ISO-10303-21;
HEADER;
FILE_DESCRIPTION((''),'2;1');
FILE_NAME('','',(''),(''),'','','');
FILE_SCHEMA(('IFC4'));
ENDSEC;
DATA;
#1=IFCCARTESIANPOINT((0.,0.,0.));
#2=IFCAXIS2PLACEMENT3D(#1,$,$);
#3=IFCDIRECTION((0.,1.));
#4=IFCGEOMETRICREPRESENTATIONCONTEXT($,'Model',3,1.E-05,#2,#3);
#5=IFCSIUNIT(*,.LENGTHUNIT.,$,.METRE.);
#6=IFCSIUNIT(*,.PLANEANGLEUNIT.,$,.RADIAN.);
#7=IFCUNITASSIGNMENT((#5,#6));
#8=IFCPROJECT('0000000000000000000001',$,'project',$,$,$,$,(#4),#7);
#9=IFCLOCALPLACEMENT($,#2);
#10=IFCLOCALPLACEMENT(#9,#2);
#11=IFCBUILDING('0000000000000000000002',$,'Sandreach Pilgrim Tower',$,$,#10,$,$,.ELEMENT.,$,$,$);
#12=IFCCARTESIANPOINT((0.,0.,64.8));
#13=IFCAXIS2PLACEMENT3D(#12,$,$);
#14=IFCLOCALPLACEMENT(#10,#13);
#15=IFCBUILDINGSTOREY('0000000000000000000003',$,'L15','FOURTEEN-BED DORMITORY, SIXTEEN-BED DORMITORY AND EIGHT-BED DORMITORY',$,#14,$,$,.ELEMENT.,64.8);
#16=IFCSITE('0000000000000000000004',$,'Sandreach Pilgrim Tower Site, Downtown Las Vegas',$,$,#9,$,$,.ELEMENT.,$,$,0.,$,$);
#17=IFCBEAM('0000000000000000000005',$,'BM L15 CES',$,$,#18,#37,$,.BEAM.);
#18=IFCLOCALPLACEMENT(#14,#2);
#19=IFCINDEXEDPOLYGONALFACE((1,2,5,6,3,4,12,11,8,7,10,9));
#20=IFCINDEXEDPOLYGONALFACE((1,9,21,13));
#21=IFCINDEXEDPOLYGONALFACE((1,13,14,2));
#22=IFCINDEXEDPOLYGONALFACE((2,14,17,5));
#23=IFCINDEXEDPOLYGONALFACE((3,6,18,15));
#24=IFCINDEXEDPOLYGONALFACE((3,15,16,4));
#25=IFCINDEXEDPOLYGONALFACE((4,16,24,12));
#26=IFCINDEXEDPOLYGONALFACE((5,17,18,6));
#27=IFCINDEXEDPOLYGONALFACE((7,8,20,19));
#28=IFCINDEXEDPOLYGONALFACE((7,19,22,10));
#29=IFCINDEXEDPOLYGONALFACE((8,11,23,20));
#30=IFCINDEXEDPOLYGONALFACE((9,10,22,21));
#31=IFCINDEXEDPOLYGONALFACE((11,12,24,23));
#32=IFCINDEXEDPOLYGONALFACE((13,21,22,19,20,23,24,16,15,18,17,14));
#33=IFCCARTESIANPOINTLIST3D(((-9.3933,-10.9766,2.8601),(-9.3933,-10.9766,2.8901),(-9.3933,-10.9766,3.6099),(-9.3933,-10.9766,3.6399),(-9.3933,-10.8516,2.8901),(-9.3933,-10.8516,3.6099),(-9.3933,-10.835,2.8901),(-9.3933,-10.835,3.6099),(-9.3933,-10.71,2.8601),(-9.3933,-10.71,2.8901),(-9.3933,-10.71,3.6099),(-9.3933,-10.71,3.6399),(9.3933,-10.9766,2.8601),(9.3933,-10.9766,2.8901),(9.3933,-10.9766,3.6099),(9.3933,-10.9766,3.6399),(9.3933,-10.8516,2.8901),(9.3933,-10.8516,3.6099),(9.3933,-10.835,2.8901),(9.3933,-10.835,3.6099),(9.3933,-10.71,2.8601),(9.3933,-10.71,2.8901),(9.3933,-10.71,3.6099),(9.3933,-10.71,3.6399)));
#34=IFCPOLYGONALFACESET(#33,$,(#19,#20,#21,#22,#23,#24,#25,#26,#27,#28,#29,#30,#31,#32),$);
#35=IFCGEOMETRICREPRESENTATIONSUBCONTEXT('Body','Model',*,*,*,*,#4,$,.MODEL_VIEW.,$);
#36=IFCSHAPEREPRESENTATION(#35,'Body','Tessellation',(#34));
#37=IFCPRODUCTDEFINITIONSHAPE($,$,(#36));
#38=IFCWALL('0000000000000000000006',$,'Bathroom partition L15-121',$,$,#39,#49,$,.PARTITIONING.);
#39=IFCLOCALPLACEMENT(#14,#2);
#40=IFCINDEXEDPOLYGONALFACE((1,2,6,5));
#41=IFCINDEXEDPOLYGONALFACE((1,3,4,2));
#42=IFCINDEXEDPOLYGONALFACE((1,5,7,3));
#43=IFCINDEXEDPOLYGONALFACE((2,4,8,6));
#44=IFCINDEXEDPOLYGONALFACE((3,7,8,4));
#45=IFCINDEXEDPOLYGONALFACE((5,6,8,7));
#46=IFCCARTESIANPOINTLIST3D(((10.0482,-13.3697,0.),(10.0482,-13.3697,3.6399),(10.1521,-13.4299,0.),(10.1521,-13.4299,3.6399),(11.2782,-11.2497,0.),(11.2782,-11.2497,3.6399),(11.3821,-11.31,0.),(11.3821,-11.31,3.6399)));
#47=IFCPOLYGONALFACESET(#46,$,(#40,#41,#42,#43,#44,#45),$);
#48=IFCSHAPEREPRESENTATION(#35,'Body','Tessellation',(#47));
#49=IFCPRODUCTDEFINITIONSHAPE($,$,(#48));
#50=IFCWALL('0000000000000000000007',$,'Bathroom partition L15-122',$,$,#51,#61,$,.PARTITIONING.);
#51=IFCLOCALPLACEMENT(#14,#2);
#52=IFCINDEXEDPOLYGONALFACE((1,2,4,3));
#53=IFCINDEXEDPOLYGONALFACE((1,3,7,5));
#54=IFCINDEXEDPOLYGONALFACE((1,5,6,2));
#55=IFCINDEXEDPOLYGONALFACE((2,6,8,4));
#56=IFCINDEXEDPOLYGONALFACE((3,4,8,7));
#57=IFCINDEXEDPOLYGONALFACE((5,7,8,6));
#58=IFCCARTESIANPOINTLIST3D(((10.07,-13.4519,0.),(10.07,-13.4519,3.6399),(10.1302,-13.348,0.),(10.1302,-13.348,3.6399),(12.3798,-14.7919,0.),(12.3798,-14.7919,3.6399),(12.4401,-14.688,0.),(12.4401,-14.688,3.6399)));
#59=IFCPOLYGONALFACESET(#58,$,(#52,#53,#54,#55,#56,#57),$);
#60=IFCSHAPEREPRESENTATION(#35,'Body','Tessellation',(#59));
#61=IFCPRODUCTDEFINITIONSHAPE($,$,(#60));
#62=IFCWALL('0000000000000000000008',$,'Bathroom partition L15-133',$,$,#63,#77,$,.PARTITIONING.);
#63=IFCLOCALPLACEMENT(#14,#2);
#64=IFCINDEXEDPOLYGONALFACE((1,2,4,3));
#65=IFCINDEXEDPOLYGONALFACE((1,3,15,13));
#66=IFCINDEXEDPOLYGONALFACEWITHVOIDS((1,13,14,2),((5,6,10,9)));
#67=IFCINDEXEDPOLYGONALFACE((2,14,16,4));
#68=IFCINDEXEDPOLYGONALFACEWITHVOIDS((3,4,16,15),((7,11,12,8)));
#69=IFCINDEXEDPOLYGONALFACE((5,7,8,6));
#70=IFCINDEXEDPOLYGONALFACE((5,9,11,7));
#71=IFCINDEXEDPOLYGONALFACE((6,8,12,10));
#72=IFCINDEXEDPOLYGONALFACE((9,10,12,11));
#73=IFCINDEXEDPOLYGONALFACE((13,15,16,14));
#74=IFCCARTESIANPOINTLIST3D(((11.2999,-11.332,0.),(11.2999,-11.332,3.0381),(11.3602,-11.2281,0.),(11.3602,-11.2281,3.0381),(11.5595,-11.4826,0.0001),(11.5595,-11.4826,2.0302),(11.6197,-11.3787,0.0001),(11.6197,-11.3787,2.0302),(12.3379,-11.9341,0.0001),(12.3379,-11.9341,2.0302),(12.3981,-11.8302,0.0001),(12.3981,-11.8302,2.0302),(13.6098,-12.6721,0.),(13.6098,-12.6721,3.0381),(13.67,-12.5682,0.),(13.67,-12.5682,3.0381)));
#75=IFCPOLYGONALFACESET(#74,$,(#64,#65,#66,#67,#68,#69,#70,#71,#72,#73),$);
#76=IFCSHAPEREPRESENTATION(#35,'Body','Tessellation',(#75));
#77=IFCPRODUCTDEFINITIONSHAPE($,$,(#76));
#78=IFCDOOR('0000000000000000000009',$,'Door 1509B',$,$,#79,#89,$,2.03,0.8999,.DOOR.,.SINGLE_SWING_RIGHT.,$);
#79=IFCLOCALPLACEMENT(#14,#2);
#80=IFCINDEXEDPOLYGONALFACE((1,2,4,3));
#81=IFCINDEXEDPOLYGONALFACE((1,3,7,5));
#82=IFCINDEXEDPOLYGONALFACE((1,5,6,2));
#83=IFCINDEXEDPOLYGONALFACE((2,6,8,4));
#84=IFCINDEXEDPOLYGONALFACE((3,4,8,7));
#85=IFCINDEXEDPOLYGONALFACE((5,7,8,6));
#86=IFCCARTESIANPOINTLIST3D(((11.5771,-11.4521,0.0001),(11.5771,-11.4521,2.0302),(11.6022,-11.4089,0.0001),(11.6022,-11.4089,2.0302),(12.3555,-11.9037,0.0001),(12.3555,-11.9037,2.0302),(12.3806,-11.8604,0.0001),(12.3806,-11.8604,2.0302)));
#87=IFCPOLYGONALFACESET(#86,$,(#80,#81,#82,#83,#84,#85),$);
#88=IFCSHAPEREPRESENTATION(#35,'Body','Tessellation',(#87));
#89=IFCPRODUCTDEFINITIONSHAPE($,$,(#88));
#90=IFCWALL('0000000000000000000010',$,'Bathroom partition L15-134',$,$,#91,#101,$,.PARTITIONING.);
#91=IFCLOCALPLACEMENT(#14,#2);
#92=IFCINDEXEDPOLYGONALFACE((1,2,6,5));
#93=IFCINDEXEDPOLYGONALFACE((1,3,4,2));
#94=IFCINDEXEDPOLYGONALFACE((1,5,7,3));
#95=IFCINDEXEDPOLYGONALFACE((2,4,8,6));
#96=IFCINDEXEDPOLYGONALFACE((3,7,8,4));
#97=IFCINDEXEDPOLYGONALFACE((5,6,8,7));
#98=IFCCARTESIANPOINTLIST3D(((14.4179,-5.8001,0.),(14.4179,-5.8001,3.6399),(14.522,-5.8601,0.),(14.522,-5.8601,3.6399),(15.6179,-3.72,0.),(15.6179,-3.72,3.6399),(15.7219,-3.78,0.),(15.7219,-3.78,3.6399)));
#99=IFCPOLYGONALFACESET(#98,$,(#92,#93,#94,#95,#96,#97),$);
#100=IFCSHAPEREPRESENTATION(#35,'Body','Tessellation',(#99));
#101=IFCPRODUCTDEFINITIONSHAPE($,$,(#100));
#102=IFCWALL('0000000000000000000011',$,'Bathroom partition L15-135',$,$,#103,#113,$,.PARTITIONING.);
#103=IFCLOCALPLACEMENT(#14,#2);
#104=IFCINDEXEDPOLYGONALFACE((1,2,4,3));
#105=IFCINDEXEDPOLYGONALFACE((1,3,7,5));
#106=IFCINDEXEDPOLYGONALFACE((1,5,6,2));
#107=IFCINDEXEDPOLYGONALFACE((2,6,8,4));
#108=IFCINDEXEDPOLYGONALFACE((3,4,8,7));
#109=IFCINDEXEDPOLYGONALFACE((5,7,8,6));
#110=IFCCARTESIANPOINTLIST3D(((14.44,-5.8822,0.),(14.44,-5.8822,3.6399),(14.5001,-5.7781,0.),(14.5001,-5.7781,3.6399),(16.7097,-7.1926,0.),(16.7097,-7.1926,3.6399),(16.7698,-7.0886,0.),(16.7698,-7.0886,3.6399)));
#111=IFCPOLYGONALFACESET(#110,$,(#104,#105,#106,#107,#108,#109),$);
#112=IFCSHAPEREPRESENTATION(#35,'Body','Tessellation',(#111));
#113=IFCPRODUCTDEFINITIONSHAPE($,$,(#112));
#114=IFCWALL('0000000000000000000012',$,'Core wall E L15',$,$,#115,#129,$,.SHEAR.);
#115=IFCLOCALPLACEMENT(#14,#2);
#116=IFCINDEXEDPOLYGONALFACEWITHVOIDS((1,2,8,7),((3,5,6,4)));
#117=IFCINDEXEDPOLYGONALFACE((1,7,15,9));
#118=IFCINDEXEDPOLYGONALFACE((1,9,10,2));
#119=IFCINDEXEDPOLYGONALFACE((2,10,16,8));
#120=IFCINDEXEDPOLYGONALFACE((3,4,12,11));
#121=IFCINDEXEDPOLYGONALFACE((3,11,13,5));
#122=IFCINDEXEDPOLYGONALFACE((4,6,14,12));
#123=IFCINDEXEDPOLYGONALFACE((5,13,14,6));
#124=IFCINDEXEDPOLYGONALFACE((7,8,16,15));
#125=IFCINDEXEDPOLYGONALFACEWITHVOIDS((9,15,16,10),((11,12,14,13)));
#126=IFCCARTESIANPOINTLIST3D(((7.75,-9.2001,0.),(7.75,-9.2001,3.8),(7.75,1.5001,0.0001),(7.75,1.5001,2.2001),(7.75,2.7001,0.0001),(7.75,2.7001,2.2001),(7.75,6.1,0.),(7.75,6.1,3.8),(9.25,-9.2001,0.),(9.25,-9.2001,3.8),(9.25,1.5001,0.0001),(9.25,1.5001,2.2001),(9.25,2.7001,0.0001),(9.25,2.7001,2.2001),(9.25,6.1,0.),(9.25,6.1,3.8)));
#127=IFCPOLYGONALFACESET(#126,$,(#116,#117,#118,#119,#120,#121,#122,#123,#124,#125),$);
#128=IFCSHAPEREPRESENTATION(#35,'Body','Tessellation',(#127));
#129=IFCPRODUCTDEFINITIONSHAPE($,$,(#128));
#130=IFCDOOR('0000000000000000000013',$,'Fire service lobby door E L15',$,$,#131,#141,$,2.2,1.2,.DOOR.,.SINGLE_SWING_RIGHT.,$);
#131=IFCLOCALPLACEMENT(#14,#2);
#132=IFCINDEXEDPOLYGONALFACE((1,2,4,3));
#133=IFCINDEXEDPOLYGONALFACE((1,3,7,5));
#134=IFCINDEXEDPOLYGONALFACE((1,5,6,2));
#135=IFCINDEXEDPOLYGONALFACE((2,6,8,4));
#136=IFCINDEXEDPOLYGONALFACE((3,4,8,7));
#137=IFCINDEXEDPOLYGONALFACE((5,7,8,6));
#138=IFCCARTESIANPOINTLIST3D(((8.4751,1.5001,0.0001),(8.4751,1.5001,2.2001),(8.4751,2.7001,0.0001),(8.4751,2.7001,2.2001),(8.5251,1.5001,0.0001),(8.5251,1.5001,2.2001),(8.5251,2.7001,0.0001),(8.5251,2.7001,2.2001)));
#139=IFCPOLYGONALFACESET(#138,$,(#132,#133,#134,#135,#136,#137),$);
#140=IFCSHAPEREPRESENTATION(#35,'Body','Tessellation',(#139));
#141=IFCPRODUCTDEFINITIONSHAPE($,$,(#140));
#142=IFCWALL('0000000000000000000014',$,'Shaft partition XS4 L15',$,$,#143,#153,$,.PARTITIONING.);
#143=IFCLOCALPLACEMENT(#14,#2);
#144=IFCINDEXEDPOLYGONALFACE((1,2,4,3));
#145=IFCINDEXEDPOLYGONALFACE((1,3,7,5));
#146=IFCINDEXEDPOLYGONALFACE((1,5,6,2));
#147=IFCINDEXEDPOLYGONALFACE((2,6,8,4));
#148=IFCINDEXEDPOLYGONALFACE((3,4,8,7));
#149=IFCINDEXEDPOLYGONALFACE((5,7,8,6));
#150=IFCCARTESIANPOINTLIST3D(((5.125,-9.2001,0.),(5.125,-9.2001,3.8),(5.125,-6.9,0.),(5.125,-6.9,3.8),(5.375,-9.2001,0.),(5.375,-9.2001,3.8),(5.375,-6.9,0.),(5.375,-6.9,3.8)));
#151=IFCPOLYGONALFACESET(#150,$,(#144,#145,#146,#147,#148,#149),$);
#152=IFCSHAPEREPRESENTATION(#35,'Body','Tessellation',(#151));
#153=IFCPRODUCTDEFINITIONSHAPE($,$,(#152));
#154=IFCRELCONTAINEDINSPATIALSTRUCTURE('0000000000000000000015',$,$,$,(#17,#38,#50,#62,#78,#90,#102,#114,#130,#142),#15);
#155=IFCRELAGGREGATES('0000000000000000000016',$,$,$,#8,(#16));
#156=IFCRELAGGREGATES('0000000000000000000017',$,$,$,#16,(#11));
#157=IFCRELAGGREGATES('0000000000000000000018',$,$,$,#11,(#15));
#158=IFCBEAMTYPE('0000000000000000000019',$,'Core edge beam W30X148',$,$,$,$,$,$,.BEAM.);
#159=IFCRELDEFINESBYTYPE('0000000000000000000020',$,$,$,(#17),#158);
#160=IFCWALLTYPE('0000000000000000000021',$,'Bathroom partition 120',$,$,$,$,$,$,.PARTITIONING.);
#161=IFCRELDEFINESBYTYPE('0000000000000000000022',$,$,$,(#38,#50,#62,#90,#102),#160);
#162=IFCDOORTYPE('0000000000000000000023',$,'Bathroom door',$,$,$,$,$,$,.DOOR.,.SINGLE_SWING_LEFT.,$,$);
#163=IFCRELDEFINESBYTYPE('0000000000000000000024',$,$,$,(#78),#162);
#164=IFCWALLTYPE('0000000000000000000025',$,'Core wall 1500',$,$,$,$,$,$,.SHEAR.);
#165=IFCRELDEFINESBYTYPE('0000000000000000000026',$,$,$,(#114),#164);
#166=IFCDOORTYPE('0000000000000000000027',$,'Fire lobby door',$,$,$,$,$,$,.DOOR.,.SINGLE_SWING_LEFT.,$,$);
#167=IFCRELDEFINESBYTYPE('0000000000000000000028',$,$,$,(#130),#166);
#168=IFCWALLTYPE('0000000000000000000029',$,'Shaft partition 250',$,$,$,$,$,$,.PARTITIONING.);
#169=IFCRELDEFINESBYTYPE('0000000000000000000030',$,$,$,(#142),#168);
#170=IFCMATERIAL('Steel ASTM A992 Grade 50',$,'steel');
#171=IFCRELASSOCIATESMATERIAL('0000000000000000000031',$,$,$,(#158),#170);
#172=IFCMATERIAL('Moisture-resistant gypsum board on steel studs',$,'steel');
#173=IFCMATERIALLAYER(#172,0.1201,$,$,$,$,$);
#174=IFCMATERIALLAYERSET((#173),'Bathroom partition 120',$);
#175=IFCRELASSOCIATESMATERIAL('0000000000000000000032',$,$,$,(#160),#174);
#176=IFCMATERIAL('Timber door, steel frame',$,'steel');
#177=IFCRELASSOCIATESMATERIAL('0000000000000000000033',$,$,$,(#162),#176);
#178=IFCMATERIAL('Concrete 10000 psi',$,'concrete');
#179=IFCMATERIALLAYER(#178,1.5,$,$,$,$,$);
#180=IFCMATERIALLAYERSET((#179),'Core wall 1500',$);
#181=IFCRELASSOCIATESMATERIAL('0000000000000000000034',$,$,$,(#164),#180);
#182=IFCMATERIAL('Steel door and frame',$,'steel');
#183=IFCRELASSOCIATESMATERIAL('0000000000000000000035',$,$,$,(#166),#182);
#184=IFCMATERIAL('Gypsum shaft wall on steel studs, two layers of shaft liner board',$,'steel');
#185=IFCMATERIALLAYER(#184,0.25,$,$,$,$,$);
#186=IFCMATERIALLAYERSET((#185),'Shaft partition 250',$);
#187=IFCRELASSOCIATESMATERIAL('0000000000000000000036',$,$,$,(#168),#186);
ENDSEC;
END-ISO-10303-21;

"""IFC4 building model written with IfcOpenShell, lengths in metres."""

from ifc_helpers import new_model, si_unit, direction, frame, frame_2d, origin, origin_2d, place, context, subcontext, project, spatial, rectangle, i_section, extrude, material, layer, layer_set, material_profile, profile_set, type_object, element, fill, save


model = new_model("IFC4")

# Units and contexts
model_context = context("Model", 3, precision=1e-05, world=origin(), true_north=direction((0.0, 1.0)))
body_context = subcontext(model_context, "Body", "Model", "MODEL_VIEW")
ifc_project = project(units=[si_unit("LENGTHUNIT", "METRE"), si_unit("PLANEANGLEUNIT", "RADIAN")], contexts=[model_context])

# Site, building, storey
site_placement = place(None, origin())
site = spatial("IfcSite", under=ifc_project, at=site_placement, Name="Sandreach Pilgrim Tower Site, Downtown Las Vegas", CompositionType="ELEMENT", RefElevation=0.0)
building_placement = place(site_placement, origin())
building = spatial("IfcBuilding", under=site, at=building_placement, Name="Sandreach Pilgrim Tower", CompositionType="ELEMENT")
storey_placement = place(building_placement, frame((0.0, 0.0, 64.8)))
storey = spatial("IfcBuildingStorey", under=building, at=storey_placement, Name="L15", Description="FOURTEEN-BED DORMITORY, SIXTEEN-BED DORMITORY AND EIGHT-BED DORMITORY", CompositionType="ELEMENT", Elevation=64.8)

# Beam
ifc_material_1 = material(Name="Steel ASTM A992 Grade 50", Category="steel")
ifc_material_profile = material_profile(ifc_material_1, i_section(OverallWidth=0.2666, OverallDepth=0.7798, WebThickness=0.0166, FlangeThickness=0.03, at=origin_2d()), Name="W30X148")
ifc_profile_set = profile_set([ifc_material_profile], Name="Steel ASTM A992 Grade 50")
beam_type = type_object("IfcBeamType", Name="Core edge beam W30X148", PredefinedType="BEAM", material=ifc_profile_set)
beam_placement = place(storey_placement, frame((9.3933, -10.8433, 3.25), z_axis=(-1.0, 0.0, 0.0), x_axis=(0.0, -1.0, 0.0)))
element("IfcBeam", 1, at=beam_placement, inside=storey, type_object=beam_type, Name="BM L15 CES", PredefinedType="BEAM", context=body_context, shape_type="SweptSolid", body=[
    extrude(i_section(OverallWidth=0.2666, OverallDepth=0.7798, WebThickness=0.0166, FlangeThickness=0.03, at=origin_2d()), origin(), (0.0, 0.0, 1.0), 18.7866),
])

# Walls
ifc_material_2 = material(Name="Moisture-resistant gypsum board on steel studs", Category="steel")
ifc_layer_1 = layer(ifc_material_2, 0.1201)
ifc_layer_set_1 = layer_set([ifc_layer_1], Name="Bathroom partition 120")
wall_type_1 = type_object("IfcWallType", Name="Bathroom partition 120", PredefinedType="PARTITIONING", material=ifc_layer_set_1)
wall_1_placement = place(storey_placement, frame((10.1001, -13.3999, 0.0), z_axis=(0.0, 0.0, 1.0), x_axis=(0.501857, 0.864951, 0.0)))
element("IfcWall", 2, at=wall_1_placement, inside=storey, type_object=wall_type_1, Name="Bathroom partition L15-121", PredefinedType="PARTITIONING", context=body_context, shape_type="SweptSolid", body=[
    extrude(rectangle(XDim=2.4509, YDim=0.1201, at=frame_2d((1.2256, 0.0))), origin(), (0.0, 0.0, 1.0), 3.6399),
])
wall_2_placement = place(storey_placement, frame((10.1001, -13.3999, 0.0), z_axis=(0.0, 0.0, 1.0), x_axis=(0.864967, -0.501829, 0.0)))
element("IfcWall", 3, at=wall_2_placement, inside=storey, type_object=wall_type_1, Name="Bathroom partition L15-122", PredefinedType="PARTITIONING", context=body_context, shape_type="SweptSolid", body=[
    extrude(rectangle(XDim=2.6704, YDim=0.1201, at=frame_2d((1.3352, 0.0))), origin(), (0.0, 0.0, 1.0), 3.6399),
])

# Wall, opening, door
wall_3_placement = place(storey_placement, frame((13.6399, -12.6201, 0.0), z_axis=(0.0, 0.0, 1.0), x_axis=(-0.864967, 0.501829, 0.0)))
wall_3 = element("IfcWall", 4, at=wall_3_placement, inside=storey, type_object=wall_type_1, Name="Bathroom partition L15-133", PredefinedType="PARTITIONING", context=body_context, shape_type="SweptSolid", body=[
    extrude(rectangle(XDim=2.6704, YDim=0.1201, at=frame_2d((1.3352, 0.0))), origin(), (0.0, 0.0, 1.0), 3.0381),
])
opening_1_placement = place(wall_3_placement, frame((1.4705, 0.0, 0.0)))
opening_1 = element("IfcOpeningElement", 5, at=opening_1_placement, cuts=wall_3, PredefinedType="OPENING", context=body_context, shape_type="SweptSolid", body=[
    extrude(rectangle(XDim=0.8999, YDim=2.03, at=frame_2d((0.45, 1.0151))), frame((0.0, 0.0601, 0.0), z_axis=(0.0, -1.0, 0.0), x_axis=(1.0, 0.0, 0.0)), (0.0, 0.0, 1.0), 0.1201),
])
ifc_material_3 = material(Name="Timber door, steel frame", Category="steel")
door_type_1 = type_object("IfcDoorType", Name="Bathroom door", OperationType="SINGLE_SWING_LEFT", PredefinedType="DOOR", material=ifc_material_3)
door_1_placement = place(opening_1_placement, origin())
door_1 = element("IfcDoor", 6, at=door_1_placement, inside=storey, type_object=door_type_1, Name="Door 1509B", OperationType="SINGLE_SWING_RIGHT", OverallHeight=2.03, OverallWidth=0.8999, PredefinedType="DOOR", context=body_context, shape_type="SweptSolid", body=[
    extrude(rectangle(XDim=0.8999, YDim=2.03, at=frame_2d((0.45, 1.0151))), frame((0.0, 0.0249, 0.0), z_axis=(0.0, -1.0, 0.0), x_axis=(1.0, 0.0, 0.0)), (0.0, 0.0, 1.0), 0.05),
])
fill(opening_1, door_1)

# Walls
wall_4_placement = place(storey_placement, frame((14.47, -5.8301, 0.0), z_axis=(0.0, 0.0, 1.0), x_axis=(0.499693, 0.866203, 0.0)))
element("IfcWall", 7, at=wall_4_placement, inside=storey, type_object=wall_type_1, Name="Bathroom partition L15-134", PredefinedType="PARTITIONING", context=body_context, shape_type="SweptSolid", body=[
    extrude(rectangle(XDim=2.4014, YDim=0.1201, at=frame_2d((1.2007, 0.0))), origin(), (0.0, 0.0, 1.0), 3.6399),
])
wall_5_placement = place(storey_placement, frame((14.47, -5.8301, 0.0), z_axis=(0.0, 0.0, 1.0), x_axis=(0.86601, -0.500026, 0.0)))
element("IfcWall", 8, at=wall_5_placement, inside=storey, type_object=wall_type_1, Name="Bathroom partition L15-135", PredefinedType="PARTITIONING", context=body_context, shape_type="SweptSolid", body=[
    extrude(rectangle(XDim=2.6208, YDim=0.1201, at=frame_2d((1.3105, 0.0))), origin(), (0.0, 0.0, 1.0), 3.6399),
])

# Wall, opening, door
ifc_material_4 = material(Name="Concrete 10000 psi", Category="concrete")
ifc_layer_2 = layer(ifc_material_4, 1.5)
ifc_layer_set_2 = layer_set([ifc_layer_2], Name="Core wall 1500")
wall_type_2 = type_object("IfcWallType", Name="Core wall 1500", PredefinedType="SHEAR", material=ifc_layer_set_2)
wall_6_placement = place(storey_placement, frame((8.5, -9.2, 0.0), z_axis=(0.0, 0.0, 1.0), x_axis=(0.0, 1.0, 0.0)))
wall_6 = element("IfcWall", 9, at=wall_6_placement, inside=storey, type_object=wall_type_2, Name="Core wall E L15", PredefinedType="SHEAR", context=body_context, shape_type="SweptSolid", body=[
    extrude(rectangle(XDim=15.3, YDim=1.5, at=frame_2d((7.6499, 0.0))), origin(), (0.0, 0.0, 1.0), 3.8),
])
opening_2_placement = place(wall_6_placement, frame((10.7, 0.0, 0.0)))
opening_2 = element("IfcOpeningElement", 10, at=opening_2_placement, cuts=wall_6, PredefinedType="OPENING", context=body_context, shape_type="SweptSolid", body=[
    extrude(rectangle(XDim=1.2, YDim=2.2, at=frame_2d((0.6001, 1.1001))), frame((0.0, 0.75, 0.0), z_axis=(0.0, -1.0, 0.0), x_axis=(1.0, 0.0, 0.0)), (0.0, 0.0, 1.0), 1.5),
])
ifc_material_5 = material(Name="Steel door and frame", Category="steel")
door_type_2 = type_object("IfcDoorType", Name="Fire lobby door", OperationType="SINGLE_SWING_LEFT", PredefinedType="DOOR", material=ifc_material_5)
door_2_placement = place(opening_2_placement, origin())
door_2 = element("IfcDoor", 11, at=door_2_placement, inside=storey, type_object=door_type_2, Name="Fire service lobby door E L15", OperationType="SINGLE_SWING_RIGHT", OverallHeight=2.2, OverallWidth=1.2, PredefinedType="DOOR", context=body_context, shape_type="SweptSolid", body=[
    extrude(rectangle(XDim=1.2, YDim=2.2, at=frame_2d((0.6001, 1.1001))), frame((0.0, 0.0249, 0.0), z_axis=(0.0, -1.0, 0.0), x_axis=(1.0, 0.0, 0.0)), (0.0, 0.0, 1.0), 0.05),
])
fill(opening_2, door_2)

# Wall
ifc_material_6 = material(Name="Gypsum shaft wall on steel studs, two layers of shaft liner board", Category="steel")
ifc_layer_3 = layer(ifc_material_6, 0.25)
ifc_layer_set_3 = layer_set([ifc_layer_3], Name="Shaft partition 250")
wall_type_3 = type_object("IfcWallType", Name="Shaft partition 250", PredefinedType="PARTITIONING", material=ifc_layer_set_3)
wall_7_placement = place(storey_placement, frame((5.25, -9.2, 0.0), z_axis=(0.0, 0.0, 1.0), x_axis=(0.0, 1.0, 0.0)))
element("IfcWall", 12, at=wall_7_placement, inside=storey, type_object=wall_type_3, Name="Shaft partition XS4 L15", PredefinedType="PARTITIONING", context=body_context, shape_type="SweptSolid", body=[
    extrude(rectangle(XDim=2.3, YDim=0.25, at=frame_2d((1.1499, 0.0))), origin(), (0.0, 0.0, 1.0), 3.8),
])

save(model, "model.ifc")
